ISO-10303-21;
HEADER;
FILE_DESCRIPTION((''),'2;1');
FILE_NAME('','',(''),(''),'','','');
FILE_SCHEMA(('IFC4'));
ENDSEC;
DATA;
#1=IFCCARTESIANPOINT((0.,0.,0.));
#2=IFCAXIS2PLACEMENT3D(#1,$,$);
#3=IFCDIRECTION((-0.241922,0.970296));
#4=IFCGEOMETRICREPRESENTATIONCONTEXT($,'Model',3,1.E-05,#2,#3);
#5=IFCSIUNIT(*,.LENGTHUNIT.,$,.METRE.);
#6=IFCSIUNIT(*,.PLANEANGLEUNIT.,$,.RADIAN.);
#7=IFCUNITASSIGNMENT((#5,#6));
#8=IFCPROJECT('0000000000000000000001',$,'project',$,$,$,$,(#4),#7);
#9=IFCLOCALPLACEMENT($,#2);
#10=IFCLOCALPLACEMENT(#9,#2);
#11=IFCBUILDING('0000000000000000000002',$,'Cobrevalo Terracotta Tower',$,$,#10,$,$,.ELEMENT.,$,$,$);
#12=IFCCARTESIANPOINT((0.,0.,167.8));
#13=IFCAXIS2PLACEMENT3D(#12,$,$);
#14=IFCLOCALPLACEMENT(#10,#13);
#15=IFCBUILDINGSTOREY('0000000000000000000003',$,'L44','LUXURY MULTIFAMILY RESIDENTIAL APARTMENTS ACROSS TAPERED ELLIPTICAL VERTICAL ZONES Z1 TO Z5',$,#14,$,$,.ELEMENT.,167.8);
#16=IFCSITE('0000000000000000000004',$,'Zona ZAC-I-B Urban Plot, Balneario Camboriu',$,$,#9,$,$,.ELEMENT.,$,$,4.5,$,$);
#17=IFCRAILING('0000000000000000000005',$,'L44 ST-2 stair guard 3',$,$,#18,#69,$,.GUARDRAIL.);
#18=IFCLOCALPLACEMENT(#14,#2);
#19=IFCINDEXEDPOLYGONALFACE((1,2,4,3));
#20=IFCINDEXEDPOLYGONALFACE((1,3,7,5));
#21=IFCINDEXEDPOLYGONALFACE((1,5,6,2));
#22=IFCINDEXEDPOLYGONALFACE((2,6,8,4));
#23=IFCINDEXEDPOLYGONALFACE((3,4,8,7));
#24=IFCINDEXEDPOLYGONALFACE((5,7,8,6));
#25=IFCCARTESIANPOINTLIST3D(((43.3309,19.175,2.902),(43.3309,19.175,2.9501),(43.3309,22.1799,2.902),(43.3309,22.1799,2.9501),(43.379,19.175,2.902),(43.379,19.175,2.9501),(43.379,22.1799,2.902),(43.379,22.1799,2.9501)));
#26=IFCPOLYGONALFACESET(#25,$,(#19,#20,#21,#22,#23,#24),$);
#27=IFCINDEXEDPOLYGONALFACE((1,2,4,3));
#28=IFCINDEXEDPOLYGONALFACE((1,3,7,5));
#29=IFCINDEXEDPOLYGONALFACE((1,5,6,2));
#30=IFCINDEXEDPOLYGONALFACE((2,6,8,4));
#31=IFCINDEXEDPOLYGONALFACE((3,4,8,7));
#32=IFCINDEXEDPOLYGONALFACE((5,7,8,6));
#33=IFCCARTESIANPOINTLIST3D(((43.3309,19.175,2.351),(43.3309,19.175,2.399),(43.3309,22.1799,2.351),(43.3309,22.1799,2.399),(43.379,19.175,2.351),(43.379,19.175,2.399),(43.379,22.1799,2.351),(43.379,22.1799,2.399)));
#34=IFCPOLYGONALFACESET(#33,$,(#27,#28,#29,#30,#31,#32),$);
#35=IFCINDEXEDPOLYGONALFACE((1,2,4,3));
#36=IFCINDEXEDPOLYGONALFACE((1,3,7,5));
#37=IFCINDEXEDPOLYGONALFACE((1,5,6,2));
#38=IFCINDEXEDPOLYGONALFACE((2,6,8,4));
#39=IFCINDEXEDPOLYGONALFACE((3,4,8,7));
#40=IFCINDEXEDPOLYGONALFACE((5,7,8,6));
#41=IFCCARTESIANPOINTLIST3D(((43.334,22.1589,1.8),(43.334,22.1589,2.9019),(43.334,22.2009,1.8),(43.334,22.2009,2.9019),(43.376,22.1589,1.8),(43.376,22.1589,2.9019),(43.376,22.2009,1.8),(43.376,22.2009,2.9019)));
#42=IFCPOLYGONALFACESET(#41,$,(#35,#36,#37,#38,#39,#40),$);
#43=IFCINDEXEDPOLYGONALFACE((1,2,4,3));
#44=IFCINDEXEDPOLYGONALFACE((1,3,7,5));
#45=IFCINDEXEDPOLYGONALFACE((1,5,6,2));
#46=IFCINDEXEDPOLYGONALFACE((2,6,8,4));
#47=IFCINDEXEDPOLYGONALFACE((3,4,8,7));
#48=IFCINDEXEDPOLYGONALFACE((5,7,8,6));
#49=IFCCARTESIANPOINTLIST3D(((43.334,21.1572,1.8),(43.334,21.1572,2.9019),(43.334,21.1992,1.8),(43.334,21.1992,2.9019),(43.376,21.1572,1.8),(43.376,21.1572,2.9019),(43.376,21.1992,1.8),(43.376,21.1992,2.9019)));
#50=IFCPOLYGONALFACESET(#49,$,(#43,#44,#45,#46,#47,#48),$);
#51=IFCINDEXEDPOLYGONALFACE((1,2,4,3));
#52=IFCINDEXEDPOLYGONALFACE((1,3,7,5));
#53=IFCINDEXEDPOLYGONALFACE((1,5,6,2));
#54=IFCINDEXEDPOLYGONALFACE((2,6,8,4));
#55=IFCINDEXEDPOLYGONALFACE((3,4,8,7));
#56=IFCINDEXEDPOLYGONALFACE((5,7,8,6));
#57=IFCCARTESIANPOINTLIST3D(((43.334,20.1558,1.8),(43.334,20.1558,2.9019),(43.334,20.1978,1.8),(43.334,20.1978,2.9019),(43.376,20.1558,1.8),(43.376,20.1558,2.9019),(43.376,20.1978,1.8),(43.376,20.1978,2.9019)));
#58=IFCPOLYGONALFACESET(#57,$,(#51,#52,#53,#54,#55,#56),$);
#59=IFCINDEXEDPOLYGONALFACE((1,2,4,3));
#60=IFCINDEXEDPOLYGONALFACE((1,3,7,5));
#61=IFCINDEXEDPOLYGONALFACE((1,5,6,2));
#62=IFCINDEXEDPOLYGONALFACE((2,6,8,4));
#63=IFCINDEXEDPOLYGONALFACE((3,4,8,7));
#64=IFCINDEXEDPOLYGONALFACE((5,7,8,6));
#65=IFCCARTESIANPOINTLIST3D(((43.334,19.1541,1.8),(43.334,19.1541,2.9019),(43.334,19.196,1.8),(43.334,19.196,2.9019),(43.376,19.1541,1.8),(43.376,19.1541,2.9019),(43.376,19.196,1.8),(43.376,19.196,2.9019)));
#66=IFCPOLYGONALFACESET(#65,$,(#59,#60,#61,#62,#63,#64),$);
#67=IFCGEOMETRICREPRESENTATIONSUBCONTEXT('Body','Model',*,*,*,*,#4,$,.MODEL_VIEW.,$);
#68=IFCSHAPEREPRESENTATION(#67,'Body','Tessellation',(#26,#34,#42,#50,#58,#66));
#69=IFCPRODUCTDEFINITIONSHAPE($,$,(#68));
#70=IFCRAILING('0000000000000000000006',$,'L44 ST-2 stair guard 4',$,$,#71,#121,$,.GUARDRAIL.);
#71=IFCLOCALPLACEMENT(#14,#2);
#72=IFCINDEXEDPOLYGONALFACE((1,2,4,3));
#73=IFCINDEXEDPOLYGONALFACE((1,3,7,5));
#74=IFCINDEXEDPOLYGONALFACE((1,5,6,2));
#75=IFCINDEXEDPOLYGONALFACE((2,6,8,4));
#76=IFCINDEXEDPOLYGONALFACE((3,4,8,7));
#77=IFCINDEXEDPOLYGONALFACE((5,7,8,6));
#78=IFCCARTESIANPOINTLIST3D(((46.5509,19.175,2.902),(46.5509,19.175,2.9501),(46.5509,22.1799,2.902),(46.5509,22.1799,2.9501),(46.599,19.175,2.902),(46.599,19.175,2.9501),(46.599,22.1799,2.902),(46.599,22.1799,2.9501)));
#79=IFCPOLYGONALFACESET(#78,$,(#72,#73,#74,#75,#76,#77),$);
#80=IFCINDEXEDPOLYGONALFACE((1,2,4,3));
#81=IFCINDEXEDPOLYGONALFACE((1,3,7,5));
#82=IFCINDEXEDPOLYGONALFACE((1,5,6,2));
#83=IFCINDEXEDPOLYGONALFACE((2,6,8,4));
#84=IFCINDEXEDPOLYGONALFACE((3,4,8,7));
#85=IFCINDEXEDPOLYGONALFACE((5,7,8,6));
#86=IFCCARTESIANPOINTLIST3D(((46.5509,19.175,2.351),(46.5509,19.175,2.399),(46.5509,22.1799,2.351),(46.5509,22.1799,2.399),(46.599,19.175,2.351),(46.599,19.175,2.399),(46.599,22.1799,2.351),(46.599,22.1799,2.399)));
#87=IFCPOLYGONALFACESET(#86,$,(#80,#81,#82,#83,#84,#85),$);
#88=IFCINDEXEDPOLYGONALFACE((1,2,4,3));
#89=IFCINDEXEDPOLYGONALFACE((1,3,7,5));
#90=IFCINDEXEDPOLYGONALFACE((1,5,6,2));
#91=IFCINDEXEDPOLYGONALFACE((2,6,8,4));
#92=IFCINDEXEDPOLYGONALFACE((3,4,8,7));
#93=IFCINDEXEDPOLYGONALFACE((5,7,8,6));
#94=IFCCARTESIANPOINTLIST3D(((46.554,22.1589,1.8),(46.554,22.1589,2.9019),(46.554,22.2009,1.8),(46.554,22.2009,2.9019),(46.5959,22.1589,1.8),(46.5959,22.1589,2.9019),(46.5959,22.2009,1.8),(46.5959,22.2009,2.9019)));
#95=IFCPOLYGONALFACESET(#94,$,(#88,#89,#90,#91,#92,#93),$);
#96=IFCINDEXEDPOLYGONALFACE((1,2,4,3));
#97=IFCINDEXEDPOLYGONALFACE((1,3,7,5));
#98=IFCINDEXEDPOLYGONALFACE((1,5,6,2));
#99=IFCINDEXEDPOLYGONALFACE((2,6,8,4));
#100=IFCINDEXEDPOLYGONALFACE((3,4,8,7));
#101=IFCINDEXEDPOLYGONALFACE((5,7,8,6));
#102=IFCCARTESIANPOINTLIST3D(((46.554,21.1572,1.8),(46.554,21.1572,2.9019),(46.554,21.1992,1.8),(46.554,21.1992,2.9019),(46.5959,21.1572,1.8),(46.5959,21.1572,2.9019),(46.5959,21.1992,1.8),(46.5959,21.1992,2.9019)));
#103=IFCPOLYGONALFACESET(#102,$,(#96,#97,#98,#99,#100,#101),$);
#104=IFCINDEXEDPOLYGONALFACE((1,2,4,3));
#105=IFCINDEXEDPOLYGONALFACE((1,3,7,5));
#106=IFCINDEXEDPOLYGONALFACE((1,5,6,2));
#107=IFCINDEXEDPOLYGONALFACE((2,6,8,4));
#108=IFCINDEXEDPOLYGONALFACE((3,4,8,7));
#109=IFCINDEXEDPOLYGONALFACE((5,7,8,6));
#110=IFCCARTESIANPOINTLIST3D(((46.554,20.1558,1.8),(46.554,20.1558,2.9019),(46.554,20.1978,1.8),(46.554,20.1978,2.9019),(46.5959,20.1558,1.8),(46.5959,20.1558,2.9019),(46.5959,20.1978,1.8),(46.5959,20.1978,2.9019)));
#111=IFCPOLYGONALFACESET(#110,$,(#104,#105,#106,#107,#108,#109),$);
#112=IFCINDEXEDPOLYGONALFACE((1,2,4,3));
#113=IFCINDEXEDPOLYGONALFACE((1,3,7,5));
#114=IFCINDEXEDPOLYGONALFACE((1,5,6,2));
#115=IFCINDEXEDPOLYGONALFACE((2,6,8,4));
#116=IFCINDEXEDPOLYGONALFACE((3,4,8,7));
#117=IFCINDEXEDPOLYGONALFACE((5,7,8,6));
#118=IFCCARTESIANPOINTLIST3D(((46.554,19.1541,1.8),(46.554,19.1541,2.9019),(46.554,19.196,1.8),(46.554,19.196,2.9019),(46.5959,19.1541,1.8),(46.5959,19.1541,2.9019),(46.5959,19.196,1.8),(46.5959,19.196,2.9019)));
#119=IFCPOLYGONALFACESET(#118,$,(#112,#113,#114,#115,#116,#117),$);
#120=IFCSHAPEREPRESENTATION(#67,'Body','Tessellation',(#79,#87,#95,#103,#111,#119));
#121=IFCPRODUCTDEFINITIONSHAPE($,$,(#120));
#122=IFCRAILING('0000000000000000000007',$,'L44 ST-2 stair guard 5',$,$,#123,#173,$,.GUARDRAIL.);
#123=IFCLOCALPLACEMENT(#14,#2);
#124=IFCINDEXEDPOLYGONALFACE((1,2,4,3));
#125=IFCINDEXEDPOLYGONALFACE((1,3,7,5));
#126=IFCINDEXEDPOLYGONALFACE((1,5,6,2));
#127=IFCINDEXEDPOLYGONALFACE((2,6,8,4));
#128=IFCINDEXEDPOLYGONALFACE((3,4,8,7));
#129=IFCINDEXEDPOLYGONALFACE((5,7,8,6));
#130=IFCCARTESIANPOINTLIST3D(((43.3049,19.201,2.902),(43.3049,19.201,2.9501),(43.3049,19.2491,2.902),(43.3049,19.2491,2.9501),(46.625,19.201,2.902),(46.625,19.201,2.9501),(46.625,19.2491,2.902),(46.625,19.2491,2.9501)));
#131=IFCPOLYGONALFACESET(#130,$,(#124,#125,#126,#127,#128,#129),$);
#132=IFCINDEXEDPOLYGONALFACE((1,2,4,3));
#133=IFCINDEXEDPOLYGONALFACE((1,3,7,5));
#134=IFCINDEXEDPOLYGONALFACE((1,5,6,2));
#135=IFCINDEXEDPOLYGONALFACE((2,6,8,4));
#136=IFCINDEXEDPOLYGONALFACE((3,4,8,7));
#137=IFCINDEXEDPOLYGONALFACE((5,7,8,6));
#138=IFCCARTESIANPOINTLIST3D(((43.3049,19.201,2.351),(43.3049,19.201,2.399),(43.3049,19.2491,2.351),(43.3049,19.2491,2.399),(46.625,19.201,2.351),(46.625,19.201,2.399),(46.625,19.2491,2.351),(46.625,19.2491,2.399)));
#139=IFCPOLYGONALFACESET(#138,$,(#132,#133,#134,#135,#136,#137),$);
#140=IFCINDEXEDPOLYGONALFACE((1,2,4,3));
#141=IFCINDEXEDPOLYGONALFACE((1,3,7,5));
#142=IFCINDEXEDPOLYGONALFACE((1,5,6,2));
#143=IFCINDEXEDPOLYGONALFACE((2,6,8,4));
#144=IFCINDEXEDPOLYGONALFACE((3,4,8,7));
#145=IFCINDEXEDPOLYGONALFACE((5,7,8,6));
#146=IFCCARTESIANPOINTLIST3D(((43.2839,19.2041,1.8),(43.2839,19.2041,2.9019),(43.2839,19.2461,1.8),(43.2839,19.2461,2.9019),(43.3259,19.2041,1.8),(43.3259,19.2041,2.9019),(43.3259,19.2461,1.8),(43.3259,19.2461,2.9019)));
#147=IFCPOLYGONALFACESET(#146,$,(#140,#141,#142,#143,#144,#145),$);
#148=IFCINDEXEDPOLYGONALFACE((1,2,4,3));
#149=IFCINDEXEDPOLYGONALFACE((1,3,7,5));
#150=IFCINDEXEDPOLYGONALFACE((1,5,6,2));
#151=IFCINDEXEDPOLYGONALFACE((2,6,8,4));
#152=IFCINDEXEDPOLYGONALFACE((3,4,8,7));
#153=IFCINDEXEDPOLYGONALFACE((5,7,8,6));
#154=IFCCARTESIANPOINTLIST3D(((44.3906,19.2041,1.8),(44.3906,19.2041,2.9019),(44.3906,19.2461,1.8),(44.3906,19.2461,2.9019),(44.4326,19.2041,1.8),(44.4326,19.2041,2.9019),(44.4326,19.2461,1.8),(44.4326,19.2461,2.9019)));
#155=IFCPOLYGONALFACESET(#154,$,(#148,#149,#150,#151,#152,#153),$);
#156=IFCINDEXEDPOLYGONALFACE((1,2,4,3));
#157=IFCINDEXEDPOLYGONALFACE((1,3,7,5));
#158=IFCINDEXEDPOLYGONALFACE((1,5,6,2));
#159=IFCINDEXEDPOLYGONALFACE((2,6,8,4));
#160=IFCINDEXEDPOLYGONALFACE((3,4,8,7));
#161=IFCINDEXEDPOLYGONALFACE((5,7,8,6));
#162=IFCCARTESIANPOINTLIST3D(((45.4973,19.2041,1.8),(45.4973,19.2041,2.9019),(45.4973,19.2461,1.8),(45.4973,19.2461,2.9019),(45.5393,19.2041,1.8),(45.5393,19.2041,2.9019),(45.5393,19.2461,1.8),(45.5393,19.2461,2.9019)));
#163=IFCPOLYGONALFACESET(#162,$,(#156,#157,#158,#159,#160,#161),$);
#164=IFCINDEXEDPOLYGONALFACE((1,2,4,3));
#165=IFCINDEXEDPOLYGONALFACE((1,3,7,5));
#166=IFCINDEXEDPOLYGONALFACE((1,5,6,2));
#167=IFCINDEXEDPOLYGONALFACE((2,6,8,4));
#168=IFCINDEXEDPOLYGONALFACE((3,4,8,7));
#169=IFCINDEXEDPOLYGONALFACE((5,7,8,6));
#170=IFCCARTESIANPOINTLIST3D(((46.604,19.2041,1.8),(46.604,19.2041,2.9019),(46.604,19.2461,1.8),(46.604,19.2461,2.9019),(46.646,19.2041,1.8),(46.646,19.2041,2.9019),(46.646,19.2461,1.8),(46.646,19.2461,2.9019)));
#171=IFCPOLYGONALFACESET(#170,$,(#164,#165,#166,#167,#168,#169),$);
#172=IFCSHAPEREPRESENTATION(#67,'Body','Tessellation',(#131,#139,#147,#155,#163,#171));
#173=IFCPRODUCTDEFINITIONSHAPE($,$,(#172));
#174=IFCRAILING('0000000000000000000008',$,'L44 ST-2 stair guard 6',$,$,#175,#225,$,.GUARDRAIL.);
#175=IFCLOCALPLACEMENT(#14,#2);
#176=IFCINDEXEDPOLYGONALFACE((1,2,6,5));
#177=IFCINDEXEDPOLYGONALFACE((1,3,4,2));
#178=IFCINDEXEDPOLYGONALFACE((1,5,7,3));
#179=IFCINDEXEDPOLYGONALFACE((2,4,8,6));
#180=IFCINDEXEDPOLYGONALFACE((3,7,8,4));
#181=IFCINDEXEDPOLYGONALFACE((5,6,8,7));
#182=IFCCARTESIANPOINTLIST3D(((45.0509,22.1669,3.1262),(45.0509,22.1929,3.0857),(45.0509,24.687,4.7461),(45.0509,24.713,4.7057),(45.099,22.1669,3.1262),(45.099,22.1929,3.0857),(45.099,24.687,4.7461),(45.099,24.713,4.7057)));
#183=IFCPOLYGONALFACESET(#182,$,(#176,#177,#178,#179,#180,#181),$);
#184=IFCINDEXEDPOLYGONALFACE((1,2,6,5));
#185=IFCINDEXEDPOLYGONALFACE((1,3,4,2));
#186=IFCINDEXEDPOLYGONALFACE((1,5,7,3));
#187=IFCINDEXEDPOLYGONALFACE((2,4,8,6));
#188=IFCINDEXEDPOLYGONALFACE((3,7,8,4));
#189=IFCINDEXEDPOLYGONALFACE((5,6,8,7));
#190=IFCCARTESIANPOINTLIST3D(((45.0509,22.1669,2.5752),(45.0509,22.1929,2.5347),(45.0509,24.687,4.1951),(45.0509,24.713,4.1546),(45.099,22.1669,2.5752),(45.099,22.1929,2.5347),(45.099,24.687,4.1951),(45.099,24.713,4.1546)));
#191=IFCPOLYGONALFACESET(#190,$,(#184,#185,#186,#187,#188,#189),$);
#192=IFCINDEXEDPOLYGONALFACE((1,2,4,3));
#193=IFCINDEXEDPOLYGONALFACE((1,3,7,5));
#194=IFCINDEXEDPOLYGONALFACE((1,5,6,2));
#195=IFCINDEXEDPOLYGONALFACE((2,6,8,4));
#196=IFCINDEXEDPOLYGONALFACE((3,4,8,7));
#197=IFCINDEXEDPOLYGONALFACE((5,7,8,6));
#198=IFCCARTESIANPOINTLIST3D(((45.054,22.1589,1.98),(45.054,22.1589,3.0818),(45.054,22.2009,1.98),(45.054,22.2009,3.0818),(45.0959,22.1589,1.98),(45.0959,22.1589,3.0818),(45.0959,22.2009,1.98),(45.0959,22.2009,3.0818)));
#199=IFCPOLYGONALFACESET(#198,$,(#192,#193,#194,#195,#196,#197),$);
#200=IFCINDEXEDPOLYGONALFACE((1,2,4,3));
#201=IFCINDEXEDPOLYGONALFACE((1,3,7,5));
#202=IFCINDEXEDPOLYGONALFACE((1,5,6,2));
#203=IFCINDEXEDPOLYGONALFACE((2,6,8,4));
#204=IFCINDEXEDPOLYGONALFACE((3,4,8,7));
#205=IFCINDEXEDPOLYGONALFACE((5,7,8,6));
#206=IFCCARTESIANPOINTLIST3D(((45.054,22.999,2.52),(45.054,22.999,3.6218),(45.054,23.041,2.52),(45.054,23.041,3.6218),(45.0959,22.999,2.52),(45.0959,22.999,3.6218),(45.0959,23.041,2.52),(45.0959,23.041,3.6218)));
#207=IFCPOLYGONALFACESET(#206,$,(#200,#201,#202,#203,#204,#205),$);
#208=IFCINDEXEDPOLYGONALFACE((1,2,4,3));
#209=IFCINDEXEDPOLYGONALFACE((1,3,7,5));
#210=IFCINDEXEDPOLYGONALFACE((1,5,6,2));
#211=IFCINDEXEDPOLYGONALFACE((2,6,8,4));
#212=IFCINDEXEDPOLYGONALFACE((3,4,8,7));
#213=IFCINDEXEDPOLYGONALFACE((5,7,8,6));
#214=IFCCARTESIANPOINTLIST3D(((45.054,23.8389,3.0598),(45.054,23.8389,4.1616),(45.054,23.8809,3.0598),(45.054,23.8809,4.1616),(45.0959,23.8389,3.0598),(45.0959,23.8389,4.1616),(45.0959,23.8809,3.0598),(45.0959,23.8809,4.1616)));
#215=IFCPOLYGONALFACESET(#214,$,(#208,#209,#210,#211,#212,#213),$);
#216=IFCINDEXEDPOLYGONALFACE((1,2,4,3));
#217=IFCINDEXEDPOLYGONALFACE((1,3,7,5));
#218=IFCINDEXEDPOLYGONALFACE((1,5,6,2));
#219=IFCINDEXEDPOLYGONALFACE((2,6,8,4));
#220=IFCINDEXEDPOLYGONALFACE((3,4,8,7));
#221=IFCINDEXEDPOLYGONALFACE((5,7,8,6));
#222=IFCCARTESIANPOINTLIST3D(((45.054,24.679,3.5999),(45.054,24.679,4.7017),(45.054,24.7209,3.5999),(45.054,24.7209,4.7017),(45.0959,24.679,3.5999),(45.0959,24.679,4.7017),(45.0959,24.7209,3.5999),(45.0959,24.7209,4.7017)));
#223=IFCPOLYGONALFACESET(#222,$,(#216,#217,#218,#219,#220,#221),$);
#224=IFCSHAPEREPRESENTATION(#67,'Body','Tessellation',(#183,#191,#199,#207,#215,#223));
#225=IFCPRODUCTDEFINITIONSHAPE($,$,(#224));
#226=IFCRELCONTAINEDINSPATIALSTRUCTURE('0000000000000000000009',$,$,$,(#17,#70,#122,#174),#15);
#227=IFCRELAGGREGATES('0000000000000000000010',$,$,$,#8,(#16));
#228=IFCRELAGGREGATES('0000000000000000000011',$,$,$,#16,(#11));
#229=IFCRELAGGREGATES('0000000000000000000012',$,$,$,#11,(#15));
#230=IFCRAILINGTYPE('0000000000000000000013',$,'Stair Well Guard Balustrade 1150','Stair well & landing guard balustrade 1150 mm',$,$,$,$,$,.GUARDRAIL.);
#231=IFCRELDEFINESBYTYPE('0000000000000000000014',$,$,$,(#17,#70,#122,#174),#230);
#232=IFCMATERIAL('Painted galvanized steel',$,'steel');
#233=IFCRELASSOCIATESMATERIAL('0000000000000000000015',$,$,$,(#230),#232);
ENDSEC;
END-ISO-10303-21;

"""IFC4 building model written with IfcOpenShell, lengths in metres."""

from ifc_helpers import new_model, si_unit, direction, frame, origin, origin_2d, place, context, subcontext, project, spatial, rectangle, extrude, material, type_object, element, save


model = new_model("IFC4")

# Units and contexts
model_context = context("Model", 3, precision=1e-05, world=origin(), true_north=direction((-0.241922, 0.970296)))
body_context = subcontext(model_context, "Body", "Model", "MODEL_VIEW")
ifc_project = project(units=[si_unit("LENGTHUNIT", "METRE"), si_unit("PLANEANGLEUNIT", "RADIAN")], contexts=[model_context])

# Site, building, storey
site_placement = place(None, origin())
site = spatial("IfcSite", under=ifc_project, at=site_placement, Name="Zona ZAC-I-B Urban Plot, Balneario Camboriu", CompositionType="ELEMENT", RefElevation=4.5)
building_placement = place(site_placement, origin())
building = spatial("IfcBuilding", under=site, at=building_placement, Name="Cobrevalo Terracotta Tower", CompositionType="ELEMENT")
storey_placement = place(building_placement, frame((0.0, 0.0, 167.8)))
storey = spatial("IfcBuildingStorey", under=building, at=storey_placement, Name="L44", Description="LUXURY MULTIFAMILY RESIDENTIAL APARTMENTS ACROSS TAPERED ELLIPTICAL VERTICAL ZONES Z1 TO Z5", CompositionType="ELEMENT", Elevation=167.8)

# Railings
ifc_material_1 = material(Name="Painted galvanized steel", Category="steel")
railing_type_1 = type_object("IfcRailingType", Name="Stair Well Guard Balustrade 1150", Description="Stair well & landing guard balustrade 1150 mm", PredefinedType="GUARDRAIL", material=ifc_material_1)
for number, where, name in (
    (1, (43.355, 22.1799, 1.8), "L44 ST-2 stair guard 3"),
    (2, (46.575, 22.1799, 1.8), "L44 ST-2 stair guard 4"),
):
    element("IfcRailing", number, at=place(storey_placement, frame(where)), inside=storey, type_object=railing_type_1, Name=name, PredefinedType="GUARDRAIL", context=body_context, shape_type="SweptSolid", body=[
        extrude(rectangle(XDim=0.0481, YDim=0.0481, at=origin_2d()), frame((0.0, 0.0, 1.126), z_axis=(0.0, -1.0, 0.0), x_axis=(1.0, 0.0, 0.0)), (0.0, 0.0, 1.0), 3.0049),
        extrude(rectangle(XDim=0.0481, YDim=0.0481, at=origin_2d()), frame((0.0, 0.0, 0.575), z_axis=(0.0, -1.0, 0.0), x_axis=(1.0, 0.0, 0.0)), (0.0, 0.0, 1.0), 3.0049),
        extrude(rectangle(XDim=0.042, YDim=0.042, at=origin_2d()), origin(), (0.0, 0.0, 1.0), 1.1018),
        extrude(rectangle(XDim=0.042, YDim=0.042, at=origin_2d()), frame((0.0, -1.0017, 0.0)), (0.0, 0.0, 1.0), 1.1018),
        extrude(rectangle(XDim=0.042, YDim=0.042, at=origin_2d()), frame((0.0, -2.0032, 0.0)), (0.0, 0.0, 1.0), 1.1018),
        extrude(rectangle(XDim=0.042, YDim=0.042, at=origin_2d()), frame((0.0, -3.0049, 0.0)), (0.0, 0.0, 1.0), 1.1018),
    ])
railing_1_placement = place(storey_placement, frame((43.3049, 19.2251, 1.8)))
element("IfcRailing", 3, at=railing_1_placement, inside=storey, type_object=railing_type_1, Name="L44 ST-2 stair guard 5", PredefinedType="GUARDRAIL", context=body_context, shape_type="SweptSolid", body=[
    extrude(rectangle(XDim=0.0481, YDim=0.0481, at=origin_2d()), frame((0.0, 0.0, 1.126), z_axis=(1.0, 0.0, 0.0), x_axis=(0.0, 1.0, 0.0)), (0.0, 0.0, 1.0), 3.3201),
    extrude(rectangle(XDim=0.0481, YDim=0.0481, at=origin_2d()), frame((0.0, 0.0, 0.575), z_axis=(1.0, 0.0, 0.0), x_axis=(0.0, 1.0, 0.0)), (0.0, 0.0, 1.0), 3.3201),
    extrude(rectangle(XDim=0.042, YDim=0.042, at=origin_2d()), origin(), (0.0, 0.0, 1.0), 1.1018),
    extrude(rectangle(XDim=0.042, YDim=0.042, at=origin_2d()), frame((1.1067, 0.0, 0.0)), (0.0, 0.0, 1.0), 1.1018),
    extrude(rectangle(XDim=0.042, YDim=0.042, at=origin_2d()), frame((2.2134, 0.0, 0.0)), (0.0, 0.0, 1.0), 1.1018),
    extrude(rectangle(XDim=0.042, YDim=0.042, at=origin_2d()), frame((3.3201, 0.0, 0.0)), (0.0, 0.0, 1.0), 1.1018),
])
railing_2_placement = place(storey_placement, frame((45.075, 22.1799, 1.98)))
element("IfcRailing", 4, at=railing_2_placement, inside=storey, type_object=railing_type_1, Name="L44 ST-2 stair guard 6", PredefinedType="GUARDRAIL", context=body_context, shape_type="SweptSolid", body=[
    extrude(rectangle(XDim=0.0481, YDim=0.0481, at=origin_2d()), frame((0.0, 0.0, 1.126), z_axis=(0.0, 0.8412, 0.540725), x_axis=(-1.0, 0.0, 0.0)), (0.0, 0.0, 1.0), 2.9958),
    extrude(rectangle(XDim=0.0481, YDim=0.0481, at=origin_2d()), frame((0.0, 0.0, 0.575), z_axis=(0.0, 0.8412, 0.540725), x_axis=(-1.0, 0.0, 0.0)), (0.0, 0.0, 1.0), 2.9958),
    extrude(rectangle(XDim=0.042, YDim=0.042, at=origin_2d()), origin(), (0.0, 0.0, 1.0), 1.1018),
    extrude(rectangle(XDim=0.042, YDim=0.042, at=origin_2d()), frame((0.0, 0.8401, 0.54)), (0.0, 0.0, 1.0), 1.1018),
    extrude(rectangle(XDim=0.042, YDim=0.042, at=origin_2d()), frame((0.0, 1.6799, 1.0798)), (0.0, 0.0, 1.0), 1.1018),
    extrude(rectangle(XDim=0.042, YDim=0.042, at=origin_2d()), frame((0.0, 2.52, 1.6199)), (0.0, 0.0, 1.0), 1.1018),
])

save(model, "model.ifc")
